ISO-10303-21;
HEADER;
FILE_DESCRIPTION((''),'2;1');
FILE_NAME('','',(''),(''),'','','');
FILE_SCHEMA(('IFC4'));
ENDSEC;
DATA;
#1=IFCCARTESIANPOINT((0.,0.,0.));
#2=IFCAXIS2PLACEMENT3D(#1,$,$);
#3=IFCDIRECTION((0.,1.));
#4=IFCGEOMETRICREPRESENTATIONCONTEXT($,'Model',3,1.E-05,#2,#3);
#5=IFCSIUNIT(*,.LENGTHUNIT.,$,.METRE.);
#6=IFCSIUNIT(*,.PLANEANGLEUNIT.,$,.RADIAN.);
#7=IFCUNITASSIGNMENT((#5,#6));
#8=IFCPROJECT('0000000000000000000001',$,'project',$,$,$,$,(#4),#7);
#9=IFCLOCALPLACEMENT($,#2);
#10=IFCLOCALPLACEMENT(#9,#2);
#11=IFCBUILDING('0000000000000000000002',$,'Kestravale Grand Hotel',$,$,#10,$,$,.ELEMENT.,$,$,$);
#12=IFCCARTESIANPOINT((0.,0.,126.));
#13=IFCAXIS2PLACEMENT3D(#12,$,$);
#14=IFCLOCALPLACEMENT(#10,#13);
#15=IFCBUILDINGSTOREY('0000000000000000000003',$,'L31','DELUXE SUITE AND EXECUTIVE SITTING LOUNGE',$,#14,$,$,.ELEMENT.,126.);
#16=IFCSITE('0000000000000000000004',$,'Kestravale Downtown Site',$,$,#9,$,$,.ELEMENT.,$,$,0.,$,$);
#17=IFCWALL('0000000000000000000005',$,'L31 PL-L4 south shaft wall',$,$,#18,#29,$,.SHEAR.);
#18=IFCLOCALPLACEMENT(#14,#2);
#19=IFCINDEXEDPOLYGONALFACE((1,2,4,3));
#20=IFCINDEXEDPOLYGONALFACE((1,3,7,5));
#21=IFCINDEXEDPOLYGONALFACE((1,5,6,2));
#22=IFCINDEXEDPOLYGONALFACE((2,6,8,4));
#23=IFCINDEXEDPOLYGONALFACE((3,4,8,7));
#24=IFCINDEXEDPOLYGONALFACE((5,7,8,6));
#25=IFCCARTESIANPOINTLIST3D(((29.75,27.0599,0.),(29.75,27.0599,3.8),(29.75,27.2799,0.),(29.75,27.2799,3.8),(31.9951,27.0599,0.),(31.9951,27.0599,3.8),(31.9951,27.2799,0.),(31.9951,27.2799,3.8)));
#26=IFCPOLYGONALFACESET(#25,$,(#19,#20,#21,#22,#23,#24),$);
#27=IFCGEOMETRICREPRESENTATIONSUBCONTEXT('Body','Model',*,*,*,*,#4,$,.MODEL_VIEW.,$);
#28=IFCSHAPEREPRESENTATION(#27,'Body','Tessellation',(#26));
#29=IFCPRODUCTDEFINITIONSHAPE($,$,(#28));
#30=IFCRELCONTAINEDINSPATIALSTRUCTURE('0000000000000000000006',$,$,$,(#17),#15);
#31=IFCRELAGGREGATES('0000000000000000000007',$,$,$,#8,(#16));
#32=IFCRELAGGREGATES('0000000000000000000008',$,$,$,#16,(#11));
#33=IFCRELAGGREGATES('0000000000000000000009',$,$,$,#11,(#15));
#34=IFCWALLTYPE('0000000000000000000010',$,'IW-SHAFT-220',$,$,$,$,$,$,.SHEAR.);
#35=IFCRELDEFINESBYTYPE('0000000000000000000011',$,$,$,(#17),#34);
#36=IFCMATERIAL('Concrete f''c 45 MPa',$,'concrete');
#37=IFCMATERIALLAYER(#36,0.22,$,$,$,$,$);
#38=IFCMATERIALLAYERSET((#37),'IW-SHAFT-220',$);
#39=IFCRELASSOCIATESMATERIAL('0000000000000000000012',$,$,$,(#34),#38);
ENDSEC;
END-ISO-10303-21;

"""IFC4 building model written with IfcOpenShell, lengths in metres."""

from ifc_helpers import new_model, si_unit, direction, frame, frame_2d, origin, place, context, subcontext, project, spatial, rectangle, extrude, material, layer, layer_set, type_object, element, save


model = new_model("IFC4")

# Units and contexts
model_context = context("Model", 3, precision=1e-05, world=origin(), true_north=direction((0.0, 1.0)))
body_context = subcontext(model_context, "Body", "Model", "MODEL_VIEW")
ifc_project = project(units=[si_unit("LENGTHUNIT", "METRE"), si_unit("PLANEANGLEUNIT", "RADIAN")], contexts=[model_context])

# Site, building, storey
site_placement = place(None, origin())
site = spatial("IfcSite", under=ifc_project, at=site_placement, Name="Kestravale Downtown Site", CompositionType="ELEMENT", RefElevation=0.0)
building_placement = place(site_placement, origin())
building = spatial("IfcBuilding", under=site, at=building_placement, Name="Kestravale Grand Hotel", CompositionType="ELEMENT")
storey_placement = place(building_placement, frame((0.0, 0.0, 126.0)))
storey = spatial("IfcBuildingStorey", under=building, at=storey_placement, Name="L31", Description="DELUXE SUITE AND EXECUTIVE SITTING LOUNGE", CompositionType="ELEMENT", Elevation=126.0)

# Wall
ifc_material_1 = material(Name="Concrete f'c 45 MPa", Category="concrete")
ifc_layer_1 = layer(ifc_material_1, 0.22)
ifc_layer_set_1 = layer_set([ifc_layer_1], Name="IW-SHAFT-220")
wall_type_1 = type_object("IfcWallType", Name="IW-SHAFT-220", PredefinedType="SHEAR", material=ifc_layer_set_1)
wall_1_placement = place(storey_placement, frame((29.75, 27.1699, 0.0), z_axis=(0.0, 0.0, 1.0), x_axis=(1.0, 0.0, 0.0)))
element("IfcWall", 1, at=wall_1_placement, inside=storey, type_object=wall_type_1, Name="L31 PL-L4 south shaft wall", PredefinedType="SHEAR", context=body_context, shape_type="SweptSolid", body=[
    extrude(rectangle(XDim=2.2451, YDim=0.22, at=frame_2d((1.1226, 0.0))), origin(), (0.0, 0.0, 1.0), 3.8),
])

save(model, "model.ifc")
